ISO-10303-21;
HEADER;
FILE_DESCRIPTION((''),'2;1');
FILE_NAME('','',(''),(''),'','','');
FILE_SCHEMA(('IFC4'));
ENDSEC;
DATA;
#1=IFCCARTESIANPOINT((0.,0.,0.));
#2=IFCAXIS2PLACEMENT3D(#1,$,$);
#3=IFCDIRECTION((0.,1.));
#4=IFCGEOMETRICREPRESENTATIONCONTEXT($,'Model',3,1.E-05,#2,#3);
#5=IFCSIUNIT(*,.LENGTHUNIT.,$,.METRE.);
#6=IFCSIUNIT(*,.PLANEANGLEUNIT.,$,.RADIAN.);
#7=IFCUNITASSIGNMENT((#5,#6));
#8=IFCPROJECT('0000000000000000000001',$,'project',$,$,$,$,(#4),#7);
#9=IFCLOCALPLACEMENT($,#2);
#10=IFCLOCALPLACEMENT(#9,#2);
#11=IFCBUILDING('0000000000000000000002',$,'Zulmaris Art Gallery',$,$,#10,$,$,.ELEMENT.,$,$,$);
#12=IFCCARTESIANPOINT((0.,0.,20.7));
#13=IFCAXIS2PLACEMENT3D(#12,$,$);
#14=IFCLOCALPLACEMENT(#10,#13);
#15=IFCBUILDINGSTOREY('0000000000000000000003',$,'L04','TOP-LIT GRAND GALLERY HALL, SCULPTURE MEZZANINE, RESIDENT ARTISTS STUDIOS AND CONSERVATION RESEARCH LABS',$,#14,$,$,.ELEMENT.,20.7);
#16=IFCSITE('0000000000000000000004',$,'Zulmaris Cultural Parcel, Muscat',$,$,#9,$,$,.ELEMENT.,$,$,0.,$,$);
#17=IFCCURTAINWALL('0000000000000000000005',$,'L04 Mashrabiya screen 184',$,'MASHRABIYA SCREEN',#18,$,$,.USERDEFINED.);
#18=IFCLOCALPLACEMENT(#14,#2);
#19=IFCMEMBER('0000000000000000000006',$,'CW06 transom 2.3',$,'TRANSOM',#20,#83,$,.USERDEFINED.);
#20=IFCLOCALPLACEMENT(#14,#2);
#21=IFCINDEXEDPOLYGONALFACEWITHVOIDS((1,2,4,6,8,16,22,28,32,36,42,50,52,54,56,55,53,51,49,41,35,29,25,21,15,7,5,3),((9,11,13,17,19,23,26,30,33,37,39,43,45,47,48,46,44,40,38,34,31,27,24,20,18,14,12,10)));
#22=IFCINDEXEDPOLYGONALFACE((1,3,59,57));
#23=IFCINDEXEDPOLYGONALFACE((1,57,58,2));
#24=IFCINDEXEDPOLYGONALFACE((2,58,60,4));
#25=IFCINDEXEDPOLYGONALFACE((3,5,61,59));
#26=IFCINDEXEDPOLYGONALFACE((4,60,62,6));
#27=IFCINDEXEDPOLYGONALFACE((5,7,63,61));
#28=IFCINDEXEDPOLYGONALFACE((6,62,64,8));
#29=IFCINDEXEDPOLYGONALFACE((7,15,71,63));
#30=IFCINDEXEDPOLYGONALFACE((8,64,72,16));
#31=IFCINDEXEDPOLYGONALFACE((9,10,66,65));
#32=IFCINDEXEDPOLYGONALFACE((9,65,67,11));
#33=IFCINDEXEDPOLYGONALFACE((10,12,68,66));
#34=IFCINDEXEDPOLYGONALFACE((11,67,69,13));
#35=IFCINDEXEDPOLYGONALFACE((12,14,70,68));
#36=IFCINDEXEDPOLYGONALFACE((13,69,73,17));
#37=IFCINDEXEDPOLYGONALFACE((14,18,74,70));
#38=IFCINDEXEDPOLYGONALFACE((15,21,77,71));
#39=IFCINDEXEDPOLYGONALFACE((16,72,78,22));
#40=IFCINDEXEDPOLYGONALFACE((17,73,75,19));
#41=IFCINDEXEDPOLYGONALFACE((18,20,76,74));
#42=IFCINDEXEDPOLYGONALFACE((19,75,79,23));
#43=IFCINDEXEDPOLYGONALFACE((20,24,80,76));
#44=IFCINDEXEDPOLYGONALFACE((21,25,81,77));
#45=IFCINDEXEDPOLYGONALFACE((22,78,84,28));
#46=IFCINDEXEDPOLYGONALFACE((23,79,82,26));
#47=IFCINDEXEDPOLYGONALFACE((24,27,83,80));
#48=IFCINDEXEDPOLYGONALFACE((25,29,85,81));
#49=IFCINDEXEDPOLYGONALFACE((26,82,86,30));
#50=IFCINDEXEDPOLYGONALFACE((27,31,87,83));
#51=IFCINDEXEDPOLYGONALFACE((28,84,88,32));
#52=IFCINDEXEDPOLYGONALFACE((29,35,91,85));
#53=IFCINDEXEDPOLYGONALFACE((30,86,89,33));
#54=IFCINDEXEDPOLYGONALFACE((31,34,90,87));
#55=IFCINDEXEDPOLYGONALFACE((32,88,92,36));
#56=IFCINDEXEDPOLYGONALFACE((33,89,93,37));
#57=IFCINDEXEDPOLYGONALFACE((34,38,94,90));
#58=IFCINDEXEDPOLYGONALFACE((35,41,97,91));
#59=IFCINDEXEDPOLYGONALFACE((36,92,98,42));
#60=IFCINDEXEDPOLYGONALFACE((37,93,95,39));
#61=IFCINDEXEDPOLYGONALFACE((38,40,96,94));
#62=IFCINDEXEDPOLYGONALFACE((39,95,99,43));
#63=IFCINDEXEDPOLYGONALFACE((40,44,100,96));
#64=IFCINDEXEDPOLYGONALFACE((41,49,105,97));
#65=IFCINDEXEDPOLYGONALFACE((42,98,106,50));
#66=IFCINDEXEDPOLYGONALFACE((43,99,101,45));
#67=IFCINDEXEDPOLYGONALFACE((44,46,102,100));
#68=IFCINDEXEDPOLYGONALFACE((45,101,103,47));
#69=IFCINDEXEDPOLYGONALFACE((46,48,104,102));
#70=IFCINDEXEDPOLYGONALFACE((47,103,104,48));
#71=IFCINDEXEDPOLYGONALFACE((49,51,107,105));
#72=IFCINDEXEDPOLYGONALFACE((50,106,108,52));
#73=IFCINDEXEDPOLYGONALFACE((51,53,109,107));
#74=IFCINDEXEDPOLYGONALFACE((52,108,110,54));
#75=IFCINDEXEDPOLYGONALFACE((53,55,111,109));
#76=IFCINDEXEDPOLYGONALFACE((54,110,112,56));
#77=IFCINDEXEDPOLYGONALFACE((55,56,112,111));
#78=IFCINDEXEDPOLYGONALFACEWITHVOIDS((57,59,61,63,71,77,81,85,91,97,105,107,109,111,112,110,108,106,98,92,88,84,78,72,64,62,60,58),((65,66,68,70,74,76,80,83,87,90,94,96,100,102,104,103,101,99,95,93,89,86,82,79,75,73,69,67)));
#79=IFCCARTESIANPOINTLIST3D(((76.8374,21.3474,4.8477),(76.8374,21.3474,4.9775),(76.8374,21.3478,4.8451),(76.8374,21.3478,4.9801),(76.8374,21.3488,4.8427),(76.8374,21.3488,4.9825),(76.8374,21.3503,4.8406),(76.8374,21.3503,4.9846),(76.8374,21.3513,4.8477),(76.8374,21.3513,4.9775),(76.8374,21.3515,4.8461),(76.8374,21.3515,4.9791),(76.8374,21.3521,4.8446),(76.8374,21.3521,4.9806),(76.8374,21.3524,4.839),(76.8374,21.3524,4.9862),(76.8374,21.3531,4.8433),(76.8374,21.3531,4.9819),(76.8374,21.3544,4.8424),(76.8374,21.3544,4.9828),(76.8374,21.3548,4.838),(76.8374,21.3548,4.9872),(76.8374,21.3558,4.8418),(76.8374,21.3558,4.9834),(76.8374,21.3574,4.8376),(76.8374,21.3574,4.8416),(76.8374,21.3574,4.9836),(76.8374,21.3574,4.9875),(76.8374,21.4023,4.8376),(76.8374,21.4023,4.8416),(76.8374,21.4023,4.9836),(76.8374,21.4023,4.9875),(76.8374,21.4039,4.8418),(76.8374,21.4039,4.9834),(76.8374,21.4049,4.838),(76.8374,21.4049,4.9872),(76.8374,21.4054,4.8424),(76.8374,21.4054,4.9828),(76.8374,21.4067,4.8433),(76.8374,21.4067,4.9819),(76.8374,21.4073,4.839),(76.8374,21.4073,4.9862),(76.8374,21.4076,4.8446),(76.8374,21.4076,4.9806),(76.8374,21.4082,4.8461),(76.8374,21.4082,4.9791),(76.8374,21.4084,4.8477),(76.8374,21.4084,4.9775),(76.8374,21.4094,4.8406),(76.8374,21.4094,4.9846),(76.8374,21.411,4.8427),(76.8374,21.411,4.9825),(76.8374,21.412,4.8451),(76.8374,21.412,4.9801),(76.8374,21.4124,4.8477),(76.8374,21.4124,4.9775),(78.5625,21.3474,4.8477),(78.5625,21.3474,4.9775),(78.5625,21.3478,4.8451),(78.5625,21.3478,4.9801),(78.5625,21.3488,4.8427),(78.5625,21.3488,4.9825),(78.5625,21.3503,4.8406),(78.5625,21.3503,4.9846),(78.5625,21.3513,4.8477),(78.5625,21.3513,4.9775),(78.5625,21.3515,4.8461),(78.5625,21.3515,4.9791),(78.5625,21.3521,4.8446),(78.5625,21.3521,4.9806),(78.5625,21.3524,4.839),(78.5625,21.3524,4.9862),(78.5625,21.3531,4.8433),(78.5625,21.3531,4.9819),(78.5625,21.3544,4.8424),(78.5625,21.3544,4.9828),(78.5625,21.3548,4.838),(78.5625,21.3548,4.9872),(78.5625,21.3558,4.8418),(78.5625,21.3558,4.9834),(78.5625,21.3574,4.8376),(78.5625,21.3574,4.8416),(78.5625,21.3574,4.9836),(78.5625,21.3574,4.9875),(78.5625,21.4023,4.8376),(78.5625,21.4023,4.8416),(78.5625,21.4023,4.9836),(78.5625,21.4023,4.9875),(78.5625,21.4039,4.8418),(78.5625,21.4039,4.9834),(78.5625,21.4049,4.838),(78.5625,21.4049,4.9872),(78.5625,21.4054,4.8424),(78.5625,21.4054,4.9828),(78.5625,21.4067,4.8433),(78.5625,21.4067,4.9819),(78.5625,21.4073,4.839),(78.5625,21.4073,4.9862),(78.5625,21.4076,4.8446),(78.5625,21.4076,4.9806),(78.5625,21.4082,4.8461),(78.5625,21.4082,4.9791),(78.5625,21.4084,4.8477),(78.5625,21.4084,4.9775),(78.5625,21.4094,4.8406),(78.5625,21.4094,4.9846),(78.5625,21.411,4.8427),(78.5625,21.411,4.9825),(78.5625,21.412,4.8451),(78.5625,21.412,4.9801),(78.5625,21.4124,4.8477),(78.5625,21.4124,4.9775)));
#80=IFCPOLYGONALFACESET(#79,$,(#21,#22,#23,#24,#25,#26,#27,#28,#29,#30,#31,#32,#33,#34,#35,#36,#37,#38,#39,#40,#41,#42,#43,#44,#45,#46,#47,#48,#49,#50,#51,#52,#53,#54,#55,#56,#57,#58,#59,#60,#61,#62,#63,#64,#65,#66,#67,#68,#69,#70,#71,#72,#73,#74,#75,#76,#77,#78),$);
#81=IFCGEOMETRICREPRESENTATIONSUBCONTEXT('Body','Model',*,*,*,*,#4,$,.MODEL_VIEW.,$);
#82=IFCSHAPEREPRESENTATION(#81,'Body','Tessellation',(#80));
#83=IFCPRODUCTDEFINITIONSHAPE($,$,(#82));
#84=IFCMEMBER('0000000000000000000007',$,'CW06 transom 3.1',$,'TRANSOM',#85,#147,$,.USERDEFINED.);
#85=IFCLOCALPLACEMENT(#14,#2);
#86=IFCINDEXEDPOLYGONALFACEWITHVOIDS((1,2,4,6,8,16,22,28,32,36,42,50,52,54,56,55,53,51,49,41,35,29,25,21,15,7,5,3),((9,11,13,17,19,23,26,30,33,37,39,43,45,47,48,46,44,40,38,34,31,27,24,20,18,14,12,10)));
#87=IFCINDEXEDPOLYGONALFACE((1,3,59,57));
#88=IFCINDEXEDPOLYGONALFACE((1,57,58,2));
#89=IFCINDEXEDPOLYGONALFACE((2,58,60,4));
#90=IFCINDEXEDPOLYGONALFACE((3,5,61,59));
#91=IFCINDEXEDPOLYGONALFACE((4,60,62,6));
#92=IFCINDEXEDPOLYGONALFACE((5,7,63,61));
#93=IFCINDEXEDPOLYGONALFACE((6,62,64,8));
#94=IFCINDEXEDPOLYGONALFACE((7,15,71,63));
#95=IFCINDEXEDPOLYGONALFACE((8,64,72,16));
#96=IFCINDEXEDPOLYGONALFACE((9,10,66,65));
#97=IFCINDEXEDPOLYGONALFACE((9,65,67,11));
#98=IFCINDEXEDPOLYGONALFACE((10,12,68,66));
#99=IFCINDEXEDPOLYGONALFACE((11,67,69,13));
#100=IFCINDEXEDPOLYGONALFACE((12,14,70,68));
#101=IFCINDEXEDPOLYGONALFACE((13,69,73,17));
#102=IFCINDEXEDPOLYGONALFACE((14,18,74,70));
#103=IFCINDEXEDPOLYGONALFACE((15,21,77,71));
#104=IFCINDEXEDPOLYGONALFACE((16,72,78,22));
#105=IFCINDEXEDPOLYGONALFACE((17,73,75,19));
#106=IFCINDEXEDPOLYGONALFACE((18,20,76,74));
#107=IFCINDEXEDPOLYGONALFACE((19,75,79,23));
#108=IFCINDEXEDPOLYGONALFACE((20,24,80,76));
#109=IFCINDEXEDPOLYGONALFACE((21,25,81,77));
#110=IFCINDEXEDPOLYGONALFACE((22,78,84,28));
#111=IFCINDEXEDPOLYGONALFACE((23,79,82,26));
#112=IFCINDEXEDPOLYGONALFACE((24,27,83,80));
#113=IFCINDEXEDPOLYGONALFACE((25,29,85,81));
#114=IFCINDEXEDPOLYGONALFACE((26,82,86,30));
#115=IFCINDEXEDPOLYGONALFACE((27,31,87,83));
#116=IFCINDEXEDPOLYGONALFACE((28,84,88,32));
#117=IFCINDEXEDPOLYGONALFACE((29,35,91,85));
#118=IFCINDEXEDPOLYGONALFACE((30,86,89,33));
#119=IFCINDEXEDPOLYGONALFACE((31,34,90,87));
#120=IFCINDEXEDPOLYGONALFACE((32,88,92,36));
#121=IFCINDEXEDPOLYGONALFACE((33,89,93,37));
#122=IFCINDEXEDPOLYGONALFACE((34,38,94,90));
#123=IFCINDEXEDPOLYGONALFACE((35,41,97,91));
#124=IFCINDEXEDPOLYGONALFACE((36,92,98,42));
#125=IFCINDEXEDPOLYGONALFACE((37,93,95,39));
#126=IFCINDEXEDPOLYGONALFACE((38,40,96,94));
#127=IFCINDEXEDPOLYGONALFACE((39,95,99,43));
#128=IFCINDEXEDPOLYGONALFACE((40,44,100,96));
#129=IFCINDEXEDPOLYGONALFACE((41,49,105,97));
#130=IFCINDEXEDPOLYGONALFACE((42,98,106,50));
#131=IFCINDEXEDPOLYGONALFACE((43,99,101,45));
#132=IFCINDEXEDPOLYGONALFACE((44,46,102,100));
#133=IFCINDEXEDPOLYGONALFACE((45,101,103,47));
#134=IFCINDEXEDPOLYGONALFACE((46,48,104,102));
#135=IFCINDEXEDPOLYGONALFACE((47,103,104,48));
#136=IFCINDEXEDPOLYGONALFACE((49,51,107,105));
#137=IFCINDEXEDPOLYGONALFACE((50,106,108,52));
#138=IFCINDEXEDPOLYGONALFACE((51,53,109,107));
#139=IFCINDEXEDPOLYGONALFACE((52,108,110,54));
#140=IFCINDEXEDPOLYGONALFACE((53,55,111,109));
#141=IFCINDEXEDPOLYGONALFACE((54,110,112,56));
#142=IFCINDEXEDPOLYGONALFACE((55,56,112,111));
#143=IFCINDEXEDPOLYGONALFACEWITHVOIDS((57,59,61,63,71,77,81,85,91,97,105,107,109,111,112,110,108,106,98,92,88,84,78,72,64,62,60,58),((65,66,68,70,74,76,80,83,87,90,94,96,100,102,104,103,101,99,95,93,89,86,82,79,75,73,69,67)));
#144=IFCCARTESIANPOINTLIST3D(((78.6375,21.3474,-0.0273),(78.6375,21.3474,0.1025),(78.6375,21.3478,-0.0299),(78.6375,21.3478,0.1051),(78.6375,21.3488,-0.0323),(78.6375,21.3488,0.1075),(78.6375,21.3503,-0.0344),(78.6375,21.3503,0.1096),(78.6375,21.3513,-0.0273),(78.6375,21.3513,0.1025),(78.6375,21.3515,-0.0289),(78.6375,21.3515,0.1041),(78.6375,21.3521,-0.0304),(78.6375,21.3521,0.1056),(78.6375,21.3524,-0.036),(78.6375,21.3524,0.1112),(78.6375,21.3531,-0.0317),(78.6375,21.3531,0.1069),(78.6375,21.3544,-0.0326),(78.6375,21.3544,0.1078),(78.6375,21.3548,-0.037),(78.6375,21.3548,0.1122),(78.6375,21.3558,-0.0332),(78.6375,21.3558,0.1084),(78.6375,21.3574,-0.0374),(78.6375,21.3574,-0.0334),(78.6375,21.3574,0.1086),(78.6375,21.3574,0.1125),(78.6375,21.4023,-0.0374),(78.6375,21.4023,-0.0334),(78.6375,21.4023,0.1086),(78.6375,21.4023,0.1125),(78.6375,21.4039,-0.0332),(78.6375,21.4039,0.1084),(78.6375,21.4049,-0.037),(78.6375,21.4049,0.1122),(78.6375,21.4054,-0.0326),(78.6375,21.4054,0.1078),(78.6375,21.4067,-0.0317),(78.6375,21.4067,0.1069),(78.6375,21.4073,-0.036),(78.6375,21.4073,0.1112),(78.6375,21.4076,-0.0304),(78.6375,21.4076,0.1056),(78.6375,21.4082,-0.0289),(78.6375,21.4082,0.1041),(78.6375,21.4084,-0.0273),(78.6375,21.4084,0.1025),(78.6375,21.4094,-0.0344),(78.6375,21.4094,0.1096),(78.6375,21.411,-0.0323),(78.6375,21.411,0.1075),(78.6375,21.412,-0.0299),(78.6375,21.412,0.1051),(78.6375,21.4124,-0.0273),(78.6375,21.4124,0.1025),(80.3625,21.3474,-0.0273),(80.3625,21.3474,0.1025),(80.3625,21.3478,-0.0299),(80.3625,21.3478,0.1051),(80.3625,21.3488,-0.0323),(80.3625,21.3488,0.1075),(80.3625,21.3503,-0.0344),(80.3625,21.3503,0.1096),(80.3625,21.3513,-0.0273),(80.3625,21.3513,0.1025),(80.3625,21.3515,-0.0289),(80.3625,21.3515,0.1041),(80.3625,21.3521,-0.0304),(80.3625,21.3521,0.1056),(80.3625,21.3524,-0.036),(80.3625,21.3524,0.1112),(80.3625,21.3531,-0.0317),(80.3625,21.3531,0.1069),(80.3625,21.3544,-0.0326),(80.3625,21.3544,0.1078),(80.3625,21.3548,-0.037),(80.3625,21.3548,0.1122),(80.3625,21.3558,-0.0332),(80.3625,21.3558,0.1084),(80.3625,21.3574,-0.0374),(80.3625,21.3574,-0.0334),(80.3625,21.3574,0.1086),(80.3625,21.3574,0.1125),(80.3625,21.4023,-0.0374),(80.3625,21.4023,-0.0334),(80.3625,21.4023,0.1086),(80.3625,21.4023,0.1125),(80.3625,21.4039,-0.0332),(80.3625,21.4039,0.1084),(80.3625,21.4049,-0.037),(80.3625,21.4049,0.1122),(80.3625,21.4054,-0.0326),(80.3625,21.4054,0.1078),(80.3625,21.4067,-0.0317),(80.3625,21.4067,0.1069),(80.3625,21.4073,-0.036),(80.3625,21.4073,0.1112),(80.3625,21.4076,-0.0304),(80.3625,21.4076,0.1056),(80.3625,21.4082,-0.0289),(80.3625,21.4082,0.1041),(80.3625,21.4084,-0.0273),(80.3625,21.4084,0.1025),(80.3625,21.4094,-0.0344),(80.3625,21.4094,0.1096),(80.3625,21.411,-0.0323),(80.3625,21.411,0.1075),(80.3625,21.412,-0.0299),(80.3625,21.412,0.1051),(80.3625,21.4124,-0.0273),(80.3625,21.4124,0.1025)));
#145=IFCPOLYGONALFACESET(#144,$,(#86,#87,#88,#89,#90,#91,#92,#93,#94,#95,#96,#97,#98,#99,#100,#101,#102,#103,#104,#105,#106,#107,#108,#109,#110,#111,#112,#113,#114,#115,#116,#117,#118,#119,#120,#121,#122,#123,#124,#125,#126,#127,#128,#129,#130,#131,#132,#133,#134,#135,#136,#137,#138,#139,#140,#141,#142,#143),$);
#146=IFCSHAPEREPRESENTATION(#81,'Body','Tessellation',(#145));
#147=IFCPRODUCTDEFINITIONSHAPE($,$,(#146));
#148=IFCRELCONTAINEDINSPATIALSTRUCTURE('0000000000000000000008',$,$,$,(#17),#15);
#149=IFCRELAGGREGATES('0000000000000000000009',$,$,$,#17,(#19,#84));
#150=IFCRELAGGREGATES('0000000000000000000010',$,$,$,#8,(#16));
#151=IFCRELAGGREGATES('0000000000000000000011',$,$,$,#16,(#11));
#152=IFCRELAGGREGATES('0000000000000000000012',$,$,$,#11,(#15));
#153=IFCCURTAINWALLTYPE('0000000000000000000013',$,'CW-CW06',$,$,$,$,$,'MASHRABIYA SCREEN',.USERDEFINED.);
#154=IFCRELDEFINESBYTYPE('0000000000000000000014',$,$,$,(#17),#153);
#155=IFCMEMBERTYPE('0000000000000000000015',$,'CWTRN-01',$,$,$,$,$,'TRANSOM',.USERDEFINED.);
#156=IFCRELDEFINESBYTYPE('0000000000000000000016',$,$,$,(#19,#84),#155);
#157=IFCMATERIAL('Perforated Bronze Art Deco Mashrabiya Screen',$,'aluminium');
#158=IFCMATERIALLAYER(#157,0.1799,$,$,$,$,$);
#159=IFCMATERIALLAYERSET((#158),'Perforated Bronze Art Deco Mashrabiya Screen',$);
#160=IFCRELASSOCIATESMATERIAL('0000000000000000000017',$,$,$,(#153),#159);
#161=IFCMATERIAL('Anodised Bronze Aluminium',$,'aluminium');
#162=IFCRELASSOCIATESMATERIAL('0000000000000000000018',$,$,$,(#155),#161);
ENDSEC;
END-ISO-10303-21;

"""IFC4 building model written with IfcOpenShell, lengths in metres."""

from ifc_helpers import new_model, si_unit, direction, frame, origin, origin_2d, place, context, subcontext, project, spatial, hollow_rectangle, extrude, material, layer, layer_set, material_profile, profile_set, type_object, element, aggregate, save


model = new_model("IFC4")

# Units and contexts
model_context = context("Model", 3, precision=1e-05, world=origin(), true_north=direction((0.0, 1.0)))
body_context = subcontext(model_context, "Body", "Model", "MODEL_VIEW")
ifc_project = project(units=[si_unit("LENGTHUNIT", "METRE"), si_unit("PLANEANGLEUNIT", "RADIAN")], contexts=[model_context])

# Site, building, storey
site_placement = place(None, origin())
site = spatial("IfcSite", under=ifc_project, at=site_placement, Name="Zulmaris Cultural Parcel, Muscat", CompositionType="ELEMENT", RefElevation=0.0)
building_placement = place(site_placement, origin())
building = spatial("IfcBuilding", under=site, at=building_placement, Name="Zulmaris Art Gallery", CompositionType="ELEMENT")
storey_placement = place(building_placement, frame((0.0, 0.0, 20.7)))
storey = spatial("IfcBuildingStorey", under=building, at=storey_placement, Name="L04", Description="TOP-LIT GRAND GALLERY HALL, SCULPTURE MEZZANINE, RESIDENT ARTISTS STUDIOS AND CONSERVATION RESEARCH LABS", CompositionType="ELEMENT", Elevation=20.7)

# Shared definitions
ifc_material_1 = material(Name="Anodised Bronze Aluminium", Category="aluminium")

# Curtain wall
ifc_material_2 = material(Name="Perforated Bronze Art Deco Mashrabiya Screen", Category="aluminium")
ifc_layer_1 = layer(ifc_material_2, 0.1799)
ifc_layer_set_1 = layer_set([ifc_layer_1], Name="Perforated Bronze Art Deco Mashrabiya Screen")
curtain_wall_type_1 = type_object("IfcCurtainWallType", Name="CW-CW06", ElementType="MASHRABIYA SCREEN", PredefinedType="USERDEFINED", material=ifc_layer_set_1)
curtain_wall_1_placement = place(storey_placement, origin())
curtain_wall_1 = element("IfcCurtainWall", 1, at=curtain_wall_1_placement, inside=storey, type_object=curtain_wall_type_1, Name="L04 Mashrabiya screen 184", ObjectType="MASHRABIYA SCREEN", PredefinedType="USERDEFINED")

# Members
ifc_material_profile_1 = material_profile(ifc_material_1, hollow_rectangle(XDim=0.0649, YDim=0.1499, WallThickness=0.0039, InnerFilletRadius=0.0061, OuterFilletRadius=0.01, at=origin_2d()), Name="ALU 65x150x4")
ifc_profile_set_1 = profile_set([ifc_material_profile_1], Name="Anodised Bronze Aluminium")
member_type_1 = type_object("IfcMemberType", Name="CWTRN-01", ElementType="TRANSOM", PredefinedType="USERDEFINED", material=ifc_profile_set_1)
member_1_placement = place(storey_placement, frame((76.8374, 21.3799, 4.9126), z_axis=(1.0, 0.0, 0.0), x_axis=(0.0, 1.0, 0.0)))
member_1 = element("IfcMember", 2, at=member_1_placement, type_object=member_type_1, Name="CW06 transom 2.3", ObjectType="TRANSOM", PredefinedType="USERDEFINED", context=body_context, shape_type="SweptSolid", body=[
    extrude(hollow_rectangle(XDim=0.0649, YDim=0.1499, WallThickness=0.0039, InnerFilletRadius=0.0061, OuterFilletRadius=0.01, at=origin_2d()), origin(), (0.0, 0.0, 1.0), 1.7251),
])
member_2_placement = place(storey_placement, frame((78.6375, 21.3799, 0.0376), z_axis=(1.0, 0.0, 0.0), x_axis=(0.0, 1.0, 0.0)))
member_2 = element("IfcMember", 3, at=member_2_placement, type_object=member_type_1, Name="CW06 transom 3.1", ObjectType="TRANSOM", PredefinedType="USERDEFINED", context=body_context, shape_type="SweptSolid", body=[
    extrude(hollow_rectangle(XDim=0.0649, YDim=0.1499, WallThickness=0.0039, InnerFilletRadius=0.0061, OuterFilletRadius=0.01, at=origin_2d()), origin(), (0.0, 0.0, 1.0), 1.7251),
])

aggregate(curtain_wall_1, [member_1, member_2])

save(model, "model.ifc")
